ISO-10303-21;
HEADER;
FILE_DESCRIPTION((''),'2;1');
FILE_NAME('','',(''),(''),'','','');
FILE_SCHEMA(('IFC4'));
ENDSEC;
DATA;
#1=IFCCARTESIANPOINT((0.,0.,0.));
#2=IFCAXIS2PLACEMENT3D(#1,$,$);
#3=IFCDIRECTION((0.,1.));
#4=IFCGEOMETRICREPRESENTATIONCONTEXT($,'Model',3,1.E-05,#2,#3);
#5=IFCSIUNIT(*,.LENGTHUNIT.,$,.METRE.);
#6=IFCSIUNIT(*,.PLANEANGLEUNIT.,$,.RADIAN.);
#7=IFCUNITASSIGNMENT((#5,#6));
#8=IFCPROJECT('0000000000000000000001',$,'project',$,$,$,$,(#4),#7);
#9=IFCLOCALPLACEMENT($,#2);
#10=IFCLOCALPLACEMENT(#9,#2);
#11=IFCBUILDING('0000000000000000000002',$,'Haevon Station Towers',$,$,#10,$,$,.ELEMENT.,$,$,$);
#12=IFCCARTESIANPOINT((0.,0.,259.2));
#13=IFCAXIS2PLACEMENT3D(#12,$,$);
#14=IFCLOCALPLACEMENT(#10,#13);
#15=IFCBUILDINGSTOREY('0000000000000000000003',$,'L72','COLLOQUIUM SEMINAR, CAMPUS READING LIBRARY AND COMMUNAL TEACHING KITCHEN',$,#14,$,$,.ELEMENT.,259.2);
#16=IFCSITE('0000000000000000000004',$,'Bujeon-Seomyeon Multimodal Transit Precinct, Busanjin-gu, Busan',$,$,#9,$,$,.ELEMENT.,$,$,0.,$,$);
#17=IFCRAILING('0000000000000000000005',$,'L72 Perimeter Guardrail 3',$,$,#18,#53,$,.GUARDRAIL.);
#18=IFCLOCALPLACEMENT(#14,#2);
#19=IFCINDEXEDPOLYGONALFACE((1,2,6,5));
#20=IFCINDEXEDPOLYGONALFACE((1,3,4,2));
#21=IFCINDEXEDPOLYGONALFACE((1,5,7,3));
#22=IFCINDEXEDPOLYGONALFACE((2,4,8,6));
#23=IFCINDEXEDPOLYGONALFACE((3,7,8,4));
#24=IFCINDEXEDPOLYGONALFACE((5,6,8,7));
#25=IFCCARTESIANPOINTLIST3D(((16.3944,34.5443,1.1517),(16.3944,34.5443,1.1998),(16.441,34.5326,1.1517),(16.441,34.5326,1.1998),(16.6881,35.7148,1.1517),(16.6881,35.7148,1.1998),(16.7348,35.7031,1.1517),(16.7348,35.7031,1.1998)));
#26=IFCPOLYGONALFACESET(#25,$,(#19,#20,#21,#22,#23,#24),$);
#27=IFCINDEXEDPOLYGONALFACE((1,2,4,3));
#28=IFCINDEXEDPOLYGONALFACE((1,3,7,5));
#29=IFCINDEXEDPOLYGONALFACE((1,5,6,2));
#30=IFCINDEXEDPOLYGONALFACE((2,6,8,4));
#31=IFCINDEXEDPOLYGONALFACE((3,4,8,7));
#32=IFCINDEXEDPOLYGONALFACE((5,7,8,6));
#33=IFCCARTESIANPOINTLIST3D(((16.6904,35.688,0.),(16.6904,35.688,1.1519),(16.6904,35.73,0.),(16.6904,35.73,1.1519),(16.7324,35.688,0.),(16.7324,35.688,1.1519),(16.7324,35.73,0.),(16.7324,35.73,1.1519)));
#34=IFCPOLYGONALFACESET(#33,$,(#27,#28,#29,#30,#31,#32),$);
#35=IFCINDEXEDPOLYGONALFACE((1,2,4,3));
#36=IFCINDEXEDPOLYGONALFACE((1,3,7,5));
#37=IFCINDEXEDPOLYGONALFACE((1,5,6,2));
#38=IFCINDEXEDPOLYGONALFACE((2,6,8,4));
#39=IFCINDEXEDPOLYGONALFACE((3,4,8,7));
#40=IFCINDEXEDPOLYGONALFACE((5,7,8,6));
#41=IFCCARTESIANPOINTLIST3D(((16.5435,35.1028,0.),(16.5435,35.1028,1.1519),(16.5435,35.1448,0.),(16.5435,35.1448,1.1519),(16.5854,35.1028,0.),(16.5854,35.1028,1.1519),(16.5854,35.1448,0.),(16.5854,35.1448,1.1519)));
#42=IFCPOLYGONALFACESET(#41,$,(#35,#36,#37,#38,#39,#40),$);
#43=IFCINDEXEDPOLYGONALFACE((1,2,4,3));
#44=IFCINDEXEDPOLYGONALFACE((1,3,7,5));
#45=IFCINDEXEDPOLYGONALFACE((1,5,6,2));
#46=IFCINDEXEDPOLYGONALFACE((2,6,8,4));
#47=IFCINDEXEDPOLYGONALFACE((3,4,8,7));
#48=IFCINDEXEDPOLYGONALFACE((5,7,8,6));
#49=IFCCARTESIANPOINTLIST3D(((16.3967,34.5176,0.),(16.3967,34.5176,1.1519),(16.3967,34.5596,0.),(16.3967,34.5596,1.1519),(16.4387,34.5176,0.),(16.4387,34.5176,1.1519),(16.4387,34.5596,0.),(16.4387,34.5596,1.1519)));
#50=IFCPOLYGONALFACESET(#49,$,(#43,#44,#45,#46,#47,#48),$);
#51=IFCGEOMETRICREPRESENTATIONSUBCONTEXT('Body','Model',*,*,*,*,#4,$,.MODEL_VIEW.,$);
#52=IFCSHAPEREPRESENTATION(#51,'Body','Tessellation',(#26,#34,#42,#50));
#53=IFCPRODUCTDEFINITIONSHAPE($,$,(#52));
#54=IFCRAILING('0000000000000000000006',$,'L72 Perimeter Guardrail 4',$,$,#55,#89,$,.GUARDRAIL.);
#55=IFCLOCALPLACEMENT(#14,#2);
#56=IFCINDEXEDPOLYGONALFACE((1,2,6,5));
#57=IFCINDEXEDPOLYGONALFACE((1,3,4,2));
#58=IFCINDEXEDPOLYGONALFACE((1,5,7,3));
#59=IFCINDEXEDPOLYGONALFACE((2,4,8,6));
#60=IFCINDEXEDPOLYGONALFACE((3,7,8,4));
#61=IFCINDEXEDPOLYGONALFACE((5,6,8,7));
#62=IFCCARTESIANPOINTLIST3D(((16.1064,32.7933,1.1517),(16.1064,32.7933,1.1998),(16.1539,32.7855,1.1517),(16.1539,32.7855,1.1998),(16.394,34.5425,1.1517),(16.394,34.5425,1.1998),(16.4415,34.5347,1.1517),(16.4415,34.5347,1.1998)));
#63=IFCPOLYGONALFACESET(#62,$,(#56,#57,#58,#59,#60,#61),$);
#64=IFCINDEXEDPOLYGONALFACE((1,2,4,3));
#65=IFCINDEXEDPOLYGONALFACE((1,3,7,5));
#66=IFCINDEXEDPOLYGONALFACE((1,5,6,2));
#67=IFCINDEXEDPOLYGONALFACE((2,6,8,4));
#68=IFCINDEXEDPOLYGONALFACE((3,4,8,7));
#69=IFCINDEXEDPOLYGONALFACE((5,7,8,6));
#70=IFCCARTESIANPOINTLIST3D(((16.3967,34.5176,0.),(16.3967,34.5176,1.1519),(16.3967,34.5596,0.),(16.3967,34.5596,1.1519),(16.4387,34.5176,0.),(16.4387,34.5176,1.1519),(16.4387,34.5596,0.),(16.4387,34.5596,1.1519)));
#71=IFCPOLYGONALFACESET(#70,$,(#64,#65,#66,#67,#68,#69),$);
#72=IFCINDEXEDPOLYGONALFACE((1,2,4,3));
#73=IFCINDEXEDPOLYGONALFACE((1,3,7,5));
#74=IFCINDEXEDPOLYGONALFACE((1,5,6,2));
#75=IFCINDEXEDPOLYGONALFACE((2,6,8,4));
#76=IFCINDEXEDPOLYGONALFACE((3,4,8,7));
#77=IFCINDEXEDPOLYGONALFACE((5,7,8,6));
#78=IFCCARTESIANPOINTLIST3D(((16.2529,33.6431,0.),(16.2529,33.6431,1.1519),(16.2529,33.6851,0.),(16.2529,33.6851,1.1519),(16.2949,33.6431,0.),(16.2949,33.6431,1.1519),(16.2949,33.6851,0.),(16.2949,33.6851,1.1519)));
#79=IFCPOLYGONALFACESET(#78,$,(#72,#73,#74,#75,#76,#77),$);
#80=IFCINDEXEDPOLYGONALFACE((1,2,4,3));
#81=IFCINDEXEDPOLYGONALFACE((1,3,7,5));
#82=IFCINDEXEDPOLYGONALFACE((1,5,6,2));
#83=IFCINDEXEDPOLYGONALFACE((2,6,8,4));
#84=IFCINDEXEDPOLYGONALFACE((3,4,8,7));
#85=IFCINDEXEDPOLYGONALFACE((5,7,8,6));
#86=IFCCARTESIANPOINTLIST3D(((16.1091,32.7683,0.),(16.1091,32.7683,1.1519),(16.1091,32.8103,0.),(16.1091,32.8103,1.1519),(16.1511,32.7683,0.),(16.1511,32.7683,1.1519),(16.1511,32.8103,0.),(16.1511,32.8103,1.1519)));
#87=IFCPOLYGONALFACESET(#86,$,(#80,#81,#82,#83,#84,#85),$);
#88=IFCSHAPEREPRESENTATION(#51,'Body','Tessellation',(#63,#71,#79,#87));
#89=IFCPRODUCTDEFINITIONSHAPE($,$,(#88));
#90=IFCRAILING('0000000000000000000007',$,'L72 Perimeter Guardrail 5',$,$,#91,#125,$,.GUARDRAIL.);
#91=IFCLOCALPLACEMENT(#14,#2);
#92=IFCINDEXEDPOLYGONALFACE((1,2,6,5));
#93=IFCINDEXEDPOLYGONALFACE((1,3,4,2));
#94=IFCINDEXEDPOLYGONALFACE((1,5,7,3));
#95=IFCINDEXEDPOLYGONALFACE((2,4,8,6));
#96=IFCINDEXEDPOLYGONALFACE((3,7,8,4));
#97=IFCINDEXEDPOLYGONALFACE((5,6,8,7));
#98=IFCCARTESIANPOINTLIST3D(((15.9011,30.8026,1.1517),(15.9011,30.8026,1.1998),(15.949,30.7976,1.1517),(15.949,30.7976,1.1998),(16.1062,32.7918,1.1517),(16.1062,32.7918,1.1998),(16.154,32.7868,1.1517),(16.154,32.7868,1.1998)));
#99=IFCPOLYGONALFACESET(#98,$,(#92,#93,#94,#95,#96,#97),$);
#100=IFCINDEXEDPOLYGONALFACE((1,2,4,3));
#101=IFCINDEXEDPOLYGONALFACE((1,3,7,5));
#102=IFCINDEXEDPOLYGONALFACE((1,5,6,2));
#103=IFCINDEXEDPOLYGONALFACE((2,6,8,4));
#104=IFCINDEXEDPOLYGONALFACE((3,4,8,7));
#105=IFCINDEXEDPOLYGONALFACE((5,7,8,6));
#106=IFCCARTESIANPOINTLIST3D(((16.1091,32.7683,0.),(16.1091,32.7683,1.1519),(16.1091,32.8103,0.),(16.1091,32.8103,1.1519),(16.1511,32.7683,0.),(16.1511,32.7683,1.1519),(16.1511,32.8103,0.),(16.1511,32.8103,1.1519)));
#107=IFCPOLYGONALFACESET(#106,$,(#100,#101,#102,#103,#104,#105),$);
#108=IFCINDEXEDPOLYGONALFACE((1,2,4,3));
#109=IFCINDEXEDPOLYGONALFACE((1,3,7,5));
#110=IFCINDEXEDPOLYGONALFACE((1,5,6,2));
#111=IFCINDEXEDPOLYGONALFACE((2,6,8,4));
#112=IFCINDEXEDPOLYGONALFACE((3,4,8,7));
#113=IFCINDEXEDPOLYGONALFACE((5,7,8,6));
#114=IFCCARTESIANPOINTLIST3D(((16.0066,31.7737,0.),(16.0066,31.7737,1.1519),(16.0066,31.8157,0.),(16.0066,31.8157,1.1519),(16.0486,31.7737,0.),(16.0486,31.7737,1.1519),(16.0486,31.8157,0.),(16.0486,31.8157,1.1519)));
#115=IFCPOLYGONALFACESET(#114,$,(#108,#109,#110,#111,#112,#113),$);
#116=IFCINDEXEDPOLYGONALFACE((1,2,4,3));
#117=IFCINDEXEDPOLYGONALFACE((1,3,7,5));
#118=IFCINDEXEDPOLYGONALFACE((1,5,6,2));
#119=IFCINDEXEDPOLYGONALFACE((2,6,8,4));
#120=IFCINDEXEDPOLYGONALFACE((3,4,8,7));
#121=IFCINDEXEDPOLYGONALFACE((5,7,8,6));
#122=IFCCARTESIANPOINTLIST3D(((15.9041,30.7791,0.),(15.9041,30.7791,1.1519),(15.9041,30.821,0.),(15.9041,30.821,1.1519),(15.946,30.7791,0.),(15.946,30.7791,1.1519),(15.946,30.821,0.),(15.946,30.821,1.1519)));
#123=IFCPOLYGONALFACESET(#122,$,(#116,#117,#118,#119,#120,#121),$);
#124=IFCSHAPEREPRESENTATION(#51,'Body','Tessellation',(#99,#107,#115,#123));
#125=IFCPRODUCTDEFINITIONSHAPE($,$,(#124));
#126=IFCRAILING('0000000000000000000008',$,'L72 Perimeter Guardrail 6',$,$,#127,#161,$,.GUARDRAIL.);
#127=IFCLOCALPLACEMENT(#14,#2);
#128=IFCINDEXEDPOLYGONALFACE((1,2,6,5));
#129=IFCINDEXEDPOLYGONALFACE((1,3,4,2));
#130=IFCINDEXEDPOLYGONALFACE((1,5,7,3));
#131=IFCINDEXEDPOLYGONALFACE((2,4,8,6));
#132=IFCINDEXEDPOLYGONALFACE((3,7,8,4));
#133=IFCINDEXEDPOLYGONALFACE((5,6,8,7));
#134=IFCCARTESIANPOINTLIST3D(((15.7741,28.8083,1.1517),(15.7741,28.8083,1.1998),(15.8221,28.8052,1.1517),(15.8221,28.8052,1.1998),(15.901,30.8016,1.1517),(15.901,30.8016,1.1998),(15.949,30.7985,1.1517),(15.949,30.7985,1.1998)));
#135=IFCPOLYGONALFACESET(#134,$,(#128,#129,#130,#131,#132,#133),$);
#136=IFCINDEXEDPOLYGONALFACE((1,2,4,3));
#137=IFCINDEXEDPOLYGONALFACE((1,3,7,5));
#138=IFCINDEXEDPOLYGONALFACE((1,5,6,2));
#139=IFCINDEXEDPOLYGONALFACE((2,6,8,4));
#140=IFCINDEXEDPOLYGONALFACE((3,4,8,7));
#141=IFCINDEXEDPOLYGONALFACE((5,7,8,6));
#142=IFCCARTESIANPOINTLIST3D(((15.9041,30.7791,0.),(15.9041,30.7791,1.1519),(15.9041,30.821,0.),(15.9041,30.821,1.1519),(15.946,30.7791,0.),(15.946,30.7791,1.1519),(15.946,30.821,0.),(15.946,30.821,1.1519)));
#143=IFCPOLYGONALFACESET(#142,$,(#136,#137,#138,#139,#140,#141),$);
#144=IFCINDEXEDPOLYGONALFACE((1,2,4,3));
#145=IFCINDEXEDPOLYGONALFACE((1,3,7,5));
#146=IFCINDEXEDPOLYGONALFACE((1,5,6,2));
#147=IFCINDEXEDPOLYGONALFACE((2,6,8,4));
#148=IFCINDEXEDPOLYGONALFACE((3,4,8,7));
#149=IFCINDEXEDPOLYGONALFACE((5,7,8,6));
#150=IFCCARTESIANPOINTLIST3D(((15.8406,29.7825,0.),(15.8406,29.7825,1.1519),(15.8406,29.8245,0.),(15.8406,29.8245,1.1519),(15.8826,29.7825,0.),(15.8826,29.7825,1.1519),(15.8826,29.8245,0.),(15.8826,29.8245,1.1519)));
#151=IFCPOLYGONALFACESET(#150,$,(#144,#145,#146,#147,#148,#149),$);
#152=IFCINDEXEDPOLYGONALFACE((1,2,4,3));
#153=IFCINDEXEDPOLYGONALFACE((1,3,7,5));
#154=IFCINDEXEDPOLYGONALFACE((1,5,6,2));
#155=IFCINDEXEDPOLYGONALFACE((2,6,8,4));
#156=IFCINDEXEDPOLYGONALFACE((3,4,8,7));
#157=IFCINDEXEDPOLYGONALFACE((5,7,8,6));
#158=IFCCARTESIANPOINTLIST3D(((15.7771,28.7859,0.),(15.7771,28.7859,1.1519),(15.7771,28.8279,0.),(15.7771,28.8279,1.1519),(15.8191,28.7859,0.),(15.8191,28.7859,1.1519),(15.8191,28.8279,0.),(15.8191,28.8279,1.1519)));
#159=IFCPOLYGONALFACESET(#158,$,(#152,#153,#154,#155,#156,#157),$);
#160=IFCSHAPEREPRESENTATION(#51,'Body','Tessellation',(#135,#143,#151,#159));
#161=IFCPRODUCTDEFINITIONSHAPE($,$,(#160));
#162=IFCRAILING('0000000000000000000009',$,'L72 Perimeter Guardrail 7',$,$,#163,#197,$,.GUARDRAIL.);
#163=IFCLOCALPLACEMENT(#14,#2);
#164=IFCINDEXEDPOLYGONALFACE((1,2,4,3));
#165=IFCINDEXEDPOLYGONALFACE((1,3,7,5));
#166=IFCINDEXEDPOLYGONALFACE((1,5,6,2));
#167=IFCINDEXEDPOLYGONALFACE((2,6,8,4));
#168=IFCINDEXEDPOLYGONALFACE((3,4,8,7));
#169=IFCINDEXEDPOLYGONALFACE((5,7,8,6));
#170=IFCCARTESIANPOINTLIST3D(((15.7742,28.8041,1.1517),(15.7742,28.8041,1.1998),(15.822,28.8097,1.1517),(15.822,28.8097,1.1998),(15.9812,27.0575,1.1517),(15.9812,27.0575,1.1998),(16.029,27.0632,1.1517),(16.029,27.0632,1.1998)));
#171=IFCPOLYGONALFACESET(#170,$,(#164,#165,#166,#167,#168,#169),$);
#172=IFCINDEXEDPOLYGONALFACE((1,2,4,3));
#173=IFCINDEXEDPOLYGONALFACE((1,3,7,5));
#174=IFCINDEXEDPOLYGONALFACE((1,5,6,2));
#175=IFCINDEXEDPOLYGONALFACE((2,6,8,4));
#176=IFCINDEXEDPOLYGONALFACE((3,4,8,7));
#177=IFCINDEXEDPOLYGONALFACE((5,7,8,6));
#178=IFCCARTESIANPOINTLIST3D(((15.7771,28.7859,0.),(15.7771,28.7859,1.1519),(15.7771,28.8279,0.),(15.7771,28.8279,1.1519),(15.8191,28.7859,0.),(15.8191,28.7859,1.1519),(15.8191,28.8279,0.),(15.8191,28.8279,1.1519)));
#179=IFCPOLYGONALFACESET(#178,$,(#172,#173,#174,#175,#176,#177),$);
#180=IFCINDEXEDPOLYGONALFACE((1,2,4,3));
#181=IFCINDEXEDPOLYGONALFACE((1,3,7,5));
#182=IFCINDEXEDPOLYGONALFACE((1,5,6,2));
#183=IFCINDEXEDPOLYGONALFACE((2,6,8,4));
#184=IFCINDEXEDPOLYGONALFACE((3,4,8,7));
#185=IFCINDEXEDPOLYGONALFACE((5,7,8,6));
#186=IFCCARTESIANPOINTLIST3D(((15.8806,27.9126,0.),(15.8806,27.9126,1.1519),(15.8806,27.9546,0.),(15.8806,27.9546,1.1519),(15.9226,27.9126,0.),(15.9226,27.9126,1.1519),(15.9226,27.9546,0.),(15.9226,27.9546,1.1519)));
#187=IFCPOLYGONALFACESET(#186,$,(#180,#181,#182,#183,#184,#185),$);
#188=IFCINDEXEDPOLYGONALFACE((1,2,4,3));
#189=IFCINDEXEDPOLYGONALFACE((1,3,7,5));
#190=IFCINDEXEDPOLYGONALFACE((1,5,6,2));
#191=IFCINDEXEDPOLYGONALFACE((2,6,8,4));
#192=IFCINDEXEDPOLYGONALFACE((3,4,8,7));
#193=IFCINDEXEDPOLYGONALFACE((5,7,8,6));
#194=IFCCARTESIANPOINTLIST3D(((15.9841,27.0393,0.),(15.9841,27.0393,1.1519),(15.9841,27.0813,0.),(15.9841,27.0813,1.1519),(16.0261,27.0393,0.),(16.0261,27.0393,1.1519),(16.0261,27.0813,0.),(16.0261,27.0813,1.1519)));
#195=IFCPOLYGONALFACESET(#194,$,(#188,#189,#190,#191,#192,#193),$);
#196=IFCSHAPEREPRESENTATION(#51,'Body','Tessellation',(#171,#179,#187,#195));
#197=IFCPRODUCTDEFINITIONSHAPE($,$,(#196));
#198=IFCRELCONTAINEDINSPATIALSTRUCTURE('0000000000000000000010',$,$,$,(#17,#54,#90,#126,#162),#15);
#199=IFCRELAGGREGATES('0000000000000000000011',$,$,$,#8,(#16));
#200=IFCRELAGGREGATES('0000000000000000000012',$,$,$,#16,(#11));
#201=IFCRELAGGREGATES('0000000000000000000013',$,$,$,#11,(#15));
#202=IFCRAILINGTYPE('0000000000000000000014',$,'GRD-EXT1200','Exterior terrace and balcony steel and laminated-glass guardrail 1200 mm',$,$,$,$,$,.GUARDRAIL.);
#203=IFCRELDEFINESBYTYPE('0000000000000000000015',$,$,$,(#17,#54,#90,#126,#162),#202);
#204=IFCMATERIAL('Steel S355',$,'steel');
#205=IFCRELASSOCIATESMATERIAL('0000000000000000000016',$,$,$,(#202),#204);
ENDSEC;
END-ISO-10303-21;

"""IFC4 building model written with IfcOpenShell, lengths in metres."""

from ifc_helpers import new_model, si_unit, direction, frame, origin, origin_2d, place, context, subcontext, project, spatial, rectangle, extrude, material, type_object, element, save


model = new_model("IFC4")

# Units and contexts
model_context = context("Model", 3, precision=1e-05, world=origin(), true_north=direction((0.0, 1.0)))
body_context = subcontext(model_context, "Body", "Model", "MODEL_VIEW")
ifc_project = project(units=[si_unit("LENGTHUNIT", "METRE"), si_unit("PLANEANGLEUNIT", "RADIAN")], contexts=[model_context])

# Site, building, storey
site_placement = place(None, origin())
site = spatial("IfcSite", under=ifc_project, at=site_placement, Name="Bujeon-Seomyeon Multimodal Transit Precinct, Busanjin-gu, Busan", CompositionType="ELEMENT", RefElevation=0.0)
building_placement = place(site_placement, origin())
building = spatial("IfcBuilding", under=site, at=building_placement, Name="Haevon Station Towers", CompositionType="ELEMENT")
storey_placement = place(building_placement, frame((0.0, 0.0, 259.2)))
storey = spatial("IfcBuildingStorey", under=building, at=storey_placement, Name="L72", Description="COLLOQUIUM SEMINAR, CAMPUS READING LIBRARY AND COMMUNAL TEACHING KITCHEN", CompositionType="ELEMENT", Elevation=259.2)

# Shared definitions
ifc_material_1 = material(Name="Steel S355", Category="steel")

# Railings
railing_type = type_object("IfcRailingType", Name="GRD-EXT1200", Description="Exterior terrace and balcony steel and laminated-glass guardrail 1200 mm", PredefinedType="GUARDRAIL", material=ifc_material_1)
railing_1_placement = place(storey_placement, frame((16.7114, 35.709, 0.0)))
element("IfcRailing", 1, at=railing_1_placement, inside=storey, type_object=railing_type, Name="L72 Perimeter Guardrail 3", PredefinedType="GUARDRAIL", context=body_context, shape_type="SweptSolid", body=[
    extrude(rectangle(XDim=0.0481, YDim=0.0481, at=origin_2d()), frame((0.0, 0.0, 1.1758), z_axis=(-0.243392, -0.969928, 0.0), x_axis=(0.969928, -0.243392, 0.0)), (0.0, 0.0, 1.0), 1.2068),
    extrude(rectangle(XDim=0.042, YDim=0.042, at=origin_2d()), origin(), (0.0, 0.0, 1.0), 1.1519),
    extrude(rectangle(XDim=0.042, YDim=0.042, at=origin_2d()), frame((-0.147, -0.5852, 0.0)), (0.0, 0.0, 1.0), 1.1519),
    extrude(rectangle(XDim=0.042, YDim=0.042, at=origin_2d()), frame((-0.2937, -1.1704, 0.0)), (0.0, 0.0, 1.0), 1.1519),
])
railing_2_placement = place(storey_placement, frame((16.4177, 34.5386, 0.0)))
element("IfcRailing", 2, at=railing_2_placement, inside=storey, type_object=railing_type, Name="L72 Perimeter Guardrail 4", PredefinedType="GUARDRAIL", context=body_context, shape_type="SweptSolid", body=[
    extrude(rectangle(XDim=0.0481, YDim=0.0481, at=origin_2d()), frame((0.0, 0.0, 1.1758), z_axis=(-0.162232, -0.986753, 0.0), x_axis=(0.986753, -0.162232, 0.0)), (0.0, 0.0, 1.0), 1.7727),
    extrude(rectangle(XDim=0.042, YDim=0.042, at=origin_2d()), origin(), (0.0, 0.0, 1.0), 1.1519),
    extrude(rectangle(XDim=0.042, YDim=0.042, at=origin_2d()), frame((-0.1438, -0.8745, 0.0)), (0.0, 0.0, 1.0), 1.1519),
    extrude(rectangle(XDim=0.042, YDim=0.042, at=origin_2d()), frame((-0.2876, -1.7493, 0.0)), (0.0, 0.0, 1.0), 1.1519),
])
railing_3_placement = place(storey_placement, frame((16.1301, 32.7893, 0.0)))
element("IfcRailing", 3, at=railing_3_placement, inside=storey, type_object=railing_type, Name="L72 Perimeter Guardrail 5", PredefinedType="GUARDRAIL", context=body_context, shape_type="SweptSolid", body=[
    extrude(rectangle(XDim=0.0481, YDim=0.0481, at=origin_2d()), frame((0.0, 0.0, 1.1758), z_axis=(-0.102549, -0.994728, 0.0), x_axis=(0.994728, -0.102549, 0.0)), (0.0, 0.0, 1.0), 1.9998),
    extrude(rectangle(XDim=0.042, YDim=0.042, at=origin_2d()), origin(), (0.0, 0.0, 1.0), 1.1519),
    extrude(rectangle(XDim=0.042, YDim=0.042, at=origin_2d()), frame((-0.1025, -0.9946, 0.0)), (0.0, 0.0, 1.0), 1.1519),
    extrude(rectangle(XDim=0.042, YDim=0.042, at=origin_2d()), frame((-0.2051, -1.9893, 0.0)), (0.0, 0.0, 1.0), 1.1519),
])
railing_4_placement = place(storey_placement, frame((15.925, 30.8, 0.0)))
element("IfcRailing", 4, at=railing_4_placement, inside=storey, type_object=railing_type, Name="L72 Perimeter Guardrail 6", PredefinedType="GUARDRAIL", context=body_context, shape_type="SweptSolid", body=[
    extrude(rectangle(XDim=0.0481, YDim=0.0481, at=origin_2d()), frame((0.0, 0.0, 1.1758), z_axis=(-0.063565, -0.997978, 0.0), x_axis=(0.997978, -0.063565, 0.0)), (0.0, 0.0, 1.0), 1.9973),
    extrude(rectangle(XDim=0.042, YDim=0.042, at=origin_2d()), origin(), (0.0, 0.0, 1.0), 1.1519),
    extrude(rectangle(XDim=0.042, YDim=0.042, at=origin_2d()), frame((-0.0635, -0.9966, 0.0)), (0.0, 0.0, 1.0), 1.1519),
    extrude(rectangle(XDim=0.042, YDim=0.042, at=origin_2d()), frame((-0.127, -1.9932, 0.0)), (0.0, 0.0, 1.0), 1.1519),
])
railing_5_placement = place(storey_placement, frame((15.7981, 28.8069, 0.0)))
element("IfcRailing", 5, at=railing_5_placement, inside=storey, type_object=railing_type, Name="L72 Perimeter Guardrail 7", PredefinedType="GUARDRAIL", context=body_context, shape_type="SweptSolid", body=[
    extrude(rectangle(XDim=0.0481, YDim=0.0481, at=origin_2d()), frame((0.0, 0.0, 1.1758), z_axis=(0.117711, -0.993048, 0.0), x_axis=(0.993048, 0.117711, 0.0)), (0.0, 0.0, 1.0), 1.7588),
    extrude(rectangle(XDim=0.042, YDim=0.042, at=origin_2d()), origin(), (0.0, 0.0, 1.0), 1.1519),
    extrude(rectangle(XDim=0.042, YDim=0.042, at=origin_2d()), frame((0.1035, -0.8733, 0.0)), (0.0, 0.0, 1.0), 1.1519),
    extrude(rectangle(XDim=0.042, YDim=0.042, at=origin_2d()), frame((0.207, -1.7466, 0.0)), (0.0, 0.0, 1.0), 1.1519),
])

save(model, "model.ifc")
